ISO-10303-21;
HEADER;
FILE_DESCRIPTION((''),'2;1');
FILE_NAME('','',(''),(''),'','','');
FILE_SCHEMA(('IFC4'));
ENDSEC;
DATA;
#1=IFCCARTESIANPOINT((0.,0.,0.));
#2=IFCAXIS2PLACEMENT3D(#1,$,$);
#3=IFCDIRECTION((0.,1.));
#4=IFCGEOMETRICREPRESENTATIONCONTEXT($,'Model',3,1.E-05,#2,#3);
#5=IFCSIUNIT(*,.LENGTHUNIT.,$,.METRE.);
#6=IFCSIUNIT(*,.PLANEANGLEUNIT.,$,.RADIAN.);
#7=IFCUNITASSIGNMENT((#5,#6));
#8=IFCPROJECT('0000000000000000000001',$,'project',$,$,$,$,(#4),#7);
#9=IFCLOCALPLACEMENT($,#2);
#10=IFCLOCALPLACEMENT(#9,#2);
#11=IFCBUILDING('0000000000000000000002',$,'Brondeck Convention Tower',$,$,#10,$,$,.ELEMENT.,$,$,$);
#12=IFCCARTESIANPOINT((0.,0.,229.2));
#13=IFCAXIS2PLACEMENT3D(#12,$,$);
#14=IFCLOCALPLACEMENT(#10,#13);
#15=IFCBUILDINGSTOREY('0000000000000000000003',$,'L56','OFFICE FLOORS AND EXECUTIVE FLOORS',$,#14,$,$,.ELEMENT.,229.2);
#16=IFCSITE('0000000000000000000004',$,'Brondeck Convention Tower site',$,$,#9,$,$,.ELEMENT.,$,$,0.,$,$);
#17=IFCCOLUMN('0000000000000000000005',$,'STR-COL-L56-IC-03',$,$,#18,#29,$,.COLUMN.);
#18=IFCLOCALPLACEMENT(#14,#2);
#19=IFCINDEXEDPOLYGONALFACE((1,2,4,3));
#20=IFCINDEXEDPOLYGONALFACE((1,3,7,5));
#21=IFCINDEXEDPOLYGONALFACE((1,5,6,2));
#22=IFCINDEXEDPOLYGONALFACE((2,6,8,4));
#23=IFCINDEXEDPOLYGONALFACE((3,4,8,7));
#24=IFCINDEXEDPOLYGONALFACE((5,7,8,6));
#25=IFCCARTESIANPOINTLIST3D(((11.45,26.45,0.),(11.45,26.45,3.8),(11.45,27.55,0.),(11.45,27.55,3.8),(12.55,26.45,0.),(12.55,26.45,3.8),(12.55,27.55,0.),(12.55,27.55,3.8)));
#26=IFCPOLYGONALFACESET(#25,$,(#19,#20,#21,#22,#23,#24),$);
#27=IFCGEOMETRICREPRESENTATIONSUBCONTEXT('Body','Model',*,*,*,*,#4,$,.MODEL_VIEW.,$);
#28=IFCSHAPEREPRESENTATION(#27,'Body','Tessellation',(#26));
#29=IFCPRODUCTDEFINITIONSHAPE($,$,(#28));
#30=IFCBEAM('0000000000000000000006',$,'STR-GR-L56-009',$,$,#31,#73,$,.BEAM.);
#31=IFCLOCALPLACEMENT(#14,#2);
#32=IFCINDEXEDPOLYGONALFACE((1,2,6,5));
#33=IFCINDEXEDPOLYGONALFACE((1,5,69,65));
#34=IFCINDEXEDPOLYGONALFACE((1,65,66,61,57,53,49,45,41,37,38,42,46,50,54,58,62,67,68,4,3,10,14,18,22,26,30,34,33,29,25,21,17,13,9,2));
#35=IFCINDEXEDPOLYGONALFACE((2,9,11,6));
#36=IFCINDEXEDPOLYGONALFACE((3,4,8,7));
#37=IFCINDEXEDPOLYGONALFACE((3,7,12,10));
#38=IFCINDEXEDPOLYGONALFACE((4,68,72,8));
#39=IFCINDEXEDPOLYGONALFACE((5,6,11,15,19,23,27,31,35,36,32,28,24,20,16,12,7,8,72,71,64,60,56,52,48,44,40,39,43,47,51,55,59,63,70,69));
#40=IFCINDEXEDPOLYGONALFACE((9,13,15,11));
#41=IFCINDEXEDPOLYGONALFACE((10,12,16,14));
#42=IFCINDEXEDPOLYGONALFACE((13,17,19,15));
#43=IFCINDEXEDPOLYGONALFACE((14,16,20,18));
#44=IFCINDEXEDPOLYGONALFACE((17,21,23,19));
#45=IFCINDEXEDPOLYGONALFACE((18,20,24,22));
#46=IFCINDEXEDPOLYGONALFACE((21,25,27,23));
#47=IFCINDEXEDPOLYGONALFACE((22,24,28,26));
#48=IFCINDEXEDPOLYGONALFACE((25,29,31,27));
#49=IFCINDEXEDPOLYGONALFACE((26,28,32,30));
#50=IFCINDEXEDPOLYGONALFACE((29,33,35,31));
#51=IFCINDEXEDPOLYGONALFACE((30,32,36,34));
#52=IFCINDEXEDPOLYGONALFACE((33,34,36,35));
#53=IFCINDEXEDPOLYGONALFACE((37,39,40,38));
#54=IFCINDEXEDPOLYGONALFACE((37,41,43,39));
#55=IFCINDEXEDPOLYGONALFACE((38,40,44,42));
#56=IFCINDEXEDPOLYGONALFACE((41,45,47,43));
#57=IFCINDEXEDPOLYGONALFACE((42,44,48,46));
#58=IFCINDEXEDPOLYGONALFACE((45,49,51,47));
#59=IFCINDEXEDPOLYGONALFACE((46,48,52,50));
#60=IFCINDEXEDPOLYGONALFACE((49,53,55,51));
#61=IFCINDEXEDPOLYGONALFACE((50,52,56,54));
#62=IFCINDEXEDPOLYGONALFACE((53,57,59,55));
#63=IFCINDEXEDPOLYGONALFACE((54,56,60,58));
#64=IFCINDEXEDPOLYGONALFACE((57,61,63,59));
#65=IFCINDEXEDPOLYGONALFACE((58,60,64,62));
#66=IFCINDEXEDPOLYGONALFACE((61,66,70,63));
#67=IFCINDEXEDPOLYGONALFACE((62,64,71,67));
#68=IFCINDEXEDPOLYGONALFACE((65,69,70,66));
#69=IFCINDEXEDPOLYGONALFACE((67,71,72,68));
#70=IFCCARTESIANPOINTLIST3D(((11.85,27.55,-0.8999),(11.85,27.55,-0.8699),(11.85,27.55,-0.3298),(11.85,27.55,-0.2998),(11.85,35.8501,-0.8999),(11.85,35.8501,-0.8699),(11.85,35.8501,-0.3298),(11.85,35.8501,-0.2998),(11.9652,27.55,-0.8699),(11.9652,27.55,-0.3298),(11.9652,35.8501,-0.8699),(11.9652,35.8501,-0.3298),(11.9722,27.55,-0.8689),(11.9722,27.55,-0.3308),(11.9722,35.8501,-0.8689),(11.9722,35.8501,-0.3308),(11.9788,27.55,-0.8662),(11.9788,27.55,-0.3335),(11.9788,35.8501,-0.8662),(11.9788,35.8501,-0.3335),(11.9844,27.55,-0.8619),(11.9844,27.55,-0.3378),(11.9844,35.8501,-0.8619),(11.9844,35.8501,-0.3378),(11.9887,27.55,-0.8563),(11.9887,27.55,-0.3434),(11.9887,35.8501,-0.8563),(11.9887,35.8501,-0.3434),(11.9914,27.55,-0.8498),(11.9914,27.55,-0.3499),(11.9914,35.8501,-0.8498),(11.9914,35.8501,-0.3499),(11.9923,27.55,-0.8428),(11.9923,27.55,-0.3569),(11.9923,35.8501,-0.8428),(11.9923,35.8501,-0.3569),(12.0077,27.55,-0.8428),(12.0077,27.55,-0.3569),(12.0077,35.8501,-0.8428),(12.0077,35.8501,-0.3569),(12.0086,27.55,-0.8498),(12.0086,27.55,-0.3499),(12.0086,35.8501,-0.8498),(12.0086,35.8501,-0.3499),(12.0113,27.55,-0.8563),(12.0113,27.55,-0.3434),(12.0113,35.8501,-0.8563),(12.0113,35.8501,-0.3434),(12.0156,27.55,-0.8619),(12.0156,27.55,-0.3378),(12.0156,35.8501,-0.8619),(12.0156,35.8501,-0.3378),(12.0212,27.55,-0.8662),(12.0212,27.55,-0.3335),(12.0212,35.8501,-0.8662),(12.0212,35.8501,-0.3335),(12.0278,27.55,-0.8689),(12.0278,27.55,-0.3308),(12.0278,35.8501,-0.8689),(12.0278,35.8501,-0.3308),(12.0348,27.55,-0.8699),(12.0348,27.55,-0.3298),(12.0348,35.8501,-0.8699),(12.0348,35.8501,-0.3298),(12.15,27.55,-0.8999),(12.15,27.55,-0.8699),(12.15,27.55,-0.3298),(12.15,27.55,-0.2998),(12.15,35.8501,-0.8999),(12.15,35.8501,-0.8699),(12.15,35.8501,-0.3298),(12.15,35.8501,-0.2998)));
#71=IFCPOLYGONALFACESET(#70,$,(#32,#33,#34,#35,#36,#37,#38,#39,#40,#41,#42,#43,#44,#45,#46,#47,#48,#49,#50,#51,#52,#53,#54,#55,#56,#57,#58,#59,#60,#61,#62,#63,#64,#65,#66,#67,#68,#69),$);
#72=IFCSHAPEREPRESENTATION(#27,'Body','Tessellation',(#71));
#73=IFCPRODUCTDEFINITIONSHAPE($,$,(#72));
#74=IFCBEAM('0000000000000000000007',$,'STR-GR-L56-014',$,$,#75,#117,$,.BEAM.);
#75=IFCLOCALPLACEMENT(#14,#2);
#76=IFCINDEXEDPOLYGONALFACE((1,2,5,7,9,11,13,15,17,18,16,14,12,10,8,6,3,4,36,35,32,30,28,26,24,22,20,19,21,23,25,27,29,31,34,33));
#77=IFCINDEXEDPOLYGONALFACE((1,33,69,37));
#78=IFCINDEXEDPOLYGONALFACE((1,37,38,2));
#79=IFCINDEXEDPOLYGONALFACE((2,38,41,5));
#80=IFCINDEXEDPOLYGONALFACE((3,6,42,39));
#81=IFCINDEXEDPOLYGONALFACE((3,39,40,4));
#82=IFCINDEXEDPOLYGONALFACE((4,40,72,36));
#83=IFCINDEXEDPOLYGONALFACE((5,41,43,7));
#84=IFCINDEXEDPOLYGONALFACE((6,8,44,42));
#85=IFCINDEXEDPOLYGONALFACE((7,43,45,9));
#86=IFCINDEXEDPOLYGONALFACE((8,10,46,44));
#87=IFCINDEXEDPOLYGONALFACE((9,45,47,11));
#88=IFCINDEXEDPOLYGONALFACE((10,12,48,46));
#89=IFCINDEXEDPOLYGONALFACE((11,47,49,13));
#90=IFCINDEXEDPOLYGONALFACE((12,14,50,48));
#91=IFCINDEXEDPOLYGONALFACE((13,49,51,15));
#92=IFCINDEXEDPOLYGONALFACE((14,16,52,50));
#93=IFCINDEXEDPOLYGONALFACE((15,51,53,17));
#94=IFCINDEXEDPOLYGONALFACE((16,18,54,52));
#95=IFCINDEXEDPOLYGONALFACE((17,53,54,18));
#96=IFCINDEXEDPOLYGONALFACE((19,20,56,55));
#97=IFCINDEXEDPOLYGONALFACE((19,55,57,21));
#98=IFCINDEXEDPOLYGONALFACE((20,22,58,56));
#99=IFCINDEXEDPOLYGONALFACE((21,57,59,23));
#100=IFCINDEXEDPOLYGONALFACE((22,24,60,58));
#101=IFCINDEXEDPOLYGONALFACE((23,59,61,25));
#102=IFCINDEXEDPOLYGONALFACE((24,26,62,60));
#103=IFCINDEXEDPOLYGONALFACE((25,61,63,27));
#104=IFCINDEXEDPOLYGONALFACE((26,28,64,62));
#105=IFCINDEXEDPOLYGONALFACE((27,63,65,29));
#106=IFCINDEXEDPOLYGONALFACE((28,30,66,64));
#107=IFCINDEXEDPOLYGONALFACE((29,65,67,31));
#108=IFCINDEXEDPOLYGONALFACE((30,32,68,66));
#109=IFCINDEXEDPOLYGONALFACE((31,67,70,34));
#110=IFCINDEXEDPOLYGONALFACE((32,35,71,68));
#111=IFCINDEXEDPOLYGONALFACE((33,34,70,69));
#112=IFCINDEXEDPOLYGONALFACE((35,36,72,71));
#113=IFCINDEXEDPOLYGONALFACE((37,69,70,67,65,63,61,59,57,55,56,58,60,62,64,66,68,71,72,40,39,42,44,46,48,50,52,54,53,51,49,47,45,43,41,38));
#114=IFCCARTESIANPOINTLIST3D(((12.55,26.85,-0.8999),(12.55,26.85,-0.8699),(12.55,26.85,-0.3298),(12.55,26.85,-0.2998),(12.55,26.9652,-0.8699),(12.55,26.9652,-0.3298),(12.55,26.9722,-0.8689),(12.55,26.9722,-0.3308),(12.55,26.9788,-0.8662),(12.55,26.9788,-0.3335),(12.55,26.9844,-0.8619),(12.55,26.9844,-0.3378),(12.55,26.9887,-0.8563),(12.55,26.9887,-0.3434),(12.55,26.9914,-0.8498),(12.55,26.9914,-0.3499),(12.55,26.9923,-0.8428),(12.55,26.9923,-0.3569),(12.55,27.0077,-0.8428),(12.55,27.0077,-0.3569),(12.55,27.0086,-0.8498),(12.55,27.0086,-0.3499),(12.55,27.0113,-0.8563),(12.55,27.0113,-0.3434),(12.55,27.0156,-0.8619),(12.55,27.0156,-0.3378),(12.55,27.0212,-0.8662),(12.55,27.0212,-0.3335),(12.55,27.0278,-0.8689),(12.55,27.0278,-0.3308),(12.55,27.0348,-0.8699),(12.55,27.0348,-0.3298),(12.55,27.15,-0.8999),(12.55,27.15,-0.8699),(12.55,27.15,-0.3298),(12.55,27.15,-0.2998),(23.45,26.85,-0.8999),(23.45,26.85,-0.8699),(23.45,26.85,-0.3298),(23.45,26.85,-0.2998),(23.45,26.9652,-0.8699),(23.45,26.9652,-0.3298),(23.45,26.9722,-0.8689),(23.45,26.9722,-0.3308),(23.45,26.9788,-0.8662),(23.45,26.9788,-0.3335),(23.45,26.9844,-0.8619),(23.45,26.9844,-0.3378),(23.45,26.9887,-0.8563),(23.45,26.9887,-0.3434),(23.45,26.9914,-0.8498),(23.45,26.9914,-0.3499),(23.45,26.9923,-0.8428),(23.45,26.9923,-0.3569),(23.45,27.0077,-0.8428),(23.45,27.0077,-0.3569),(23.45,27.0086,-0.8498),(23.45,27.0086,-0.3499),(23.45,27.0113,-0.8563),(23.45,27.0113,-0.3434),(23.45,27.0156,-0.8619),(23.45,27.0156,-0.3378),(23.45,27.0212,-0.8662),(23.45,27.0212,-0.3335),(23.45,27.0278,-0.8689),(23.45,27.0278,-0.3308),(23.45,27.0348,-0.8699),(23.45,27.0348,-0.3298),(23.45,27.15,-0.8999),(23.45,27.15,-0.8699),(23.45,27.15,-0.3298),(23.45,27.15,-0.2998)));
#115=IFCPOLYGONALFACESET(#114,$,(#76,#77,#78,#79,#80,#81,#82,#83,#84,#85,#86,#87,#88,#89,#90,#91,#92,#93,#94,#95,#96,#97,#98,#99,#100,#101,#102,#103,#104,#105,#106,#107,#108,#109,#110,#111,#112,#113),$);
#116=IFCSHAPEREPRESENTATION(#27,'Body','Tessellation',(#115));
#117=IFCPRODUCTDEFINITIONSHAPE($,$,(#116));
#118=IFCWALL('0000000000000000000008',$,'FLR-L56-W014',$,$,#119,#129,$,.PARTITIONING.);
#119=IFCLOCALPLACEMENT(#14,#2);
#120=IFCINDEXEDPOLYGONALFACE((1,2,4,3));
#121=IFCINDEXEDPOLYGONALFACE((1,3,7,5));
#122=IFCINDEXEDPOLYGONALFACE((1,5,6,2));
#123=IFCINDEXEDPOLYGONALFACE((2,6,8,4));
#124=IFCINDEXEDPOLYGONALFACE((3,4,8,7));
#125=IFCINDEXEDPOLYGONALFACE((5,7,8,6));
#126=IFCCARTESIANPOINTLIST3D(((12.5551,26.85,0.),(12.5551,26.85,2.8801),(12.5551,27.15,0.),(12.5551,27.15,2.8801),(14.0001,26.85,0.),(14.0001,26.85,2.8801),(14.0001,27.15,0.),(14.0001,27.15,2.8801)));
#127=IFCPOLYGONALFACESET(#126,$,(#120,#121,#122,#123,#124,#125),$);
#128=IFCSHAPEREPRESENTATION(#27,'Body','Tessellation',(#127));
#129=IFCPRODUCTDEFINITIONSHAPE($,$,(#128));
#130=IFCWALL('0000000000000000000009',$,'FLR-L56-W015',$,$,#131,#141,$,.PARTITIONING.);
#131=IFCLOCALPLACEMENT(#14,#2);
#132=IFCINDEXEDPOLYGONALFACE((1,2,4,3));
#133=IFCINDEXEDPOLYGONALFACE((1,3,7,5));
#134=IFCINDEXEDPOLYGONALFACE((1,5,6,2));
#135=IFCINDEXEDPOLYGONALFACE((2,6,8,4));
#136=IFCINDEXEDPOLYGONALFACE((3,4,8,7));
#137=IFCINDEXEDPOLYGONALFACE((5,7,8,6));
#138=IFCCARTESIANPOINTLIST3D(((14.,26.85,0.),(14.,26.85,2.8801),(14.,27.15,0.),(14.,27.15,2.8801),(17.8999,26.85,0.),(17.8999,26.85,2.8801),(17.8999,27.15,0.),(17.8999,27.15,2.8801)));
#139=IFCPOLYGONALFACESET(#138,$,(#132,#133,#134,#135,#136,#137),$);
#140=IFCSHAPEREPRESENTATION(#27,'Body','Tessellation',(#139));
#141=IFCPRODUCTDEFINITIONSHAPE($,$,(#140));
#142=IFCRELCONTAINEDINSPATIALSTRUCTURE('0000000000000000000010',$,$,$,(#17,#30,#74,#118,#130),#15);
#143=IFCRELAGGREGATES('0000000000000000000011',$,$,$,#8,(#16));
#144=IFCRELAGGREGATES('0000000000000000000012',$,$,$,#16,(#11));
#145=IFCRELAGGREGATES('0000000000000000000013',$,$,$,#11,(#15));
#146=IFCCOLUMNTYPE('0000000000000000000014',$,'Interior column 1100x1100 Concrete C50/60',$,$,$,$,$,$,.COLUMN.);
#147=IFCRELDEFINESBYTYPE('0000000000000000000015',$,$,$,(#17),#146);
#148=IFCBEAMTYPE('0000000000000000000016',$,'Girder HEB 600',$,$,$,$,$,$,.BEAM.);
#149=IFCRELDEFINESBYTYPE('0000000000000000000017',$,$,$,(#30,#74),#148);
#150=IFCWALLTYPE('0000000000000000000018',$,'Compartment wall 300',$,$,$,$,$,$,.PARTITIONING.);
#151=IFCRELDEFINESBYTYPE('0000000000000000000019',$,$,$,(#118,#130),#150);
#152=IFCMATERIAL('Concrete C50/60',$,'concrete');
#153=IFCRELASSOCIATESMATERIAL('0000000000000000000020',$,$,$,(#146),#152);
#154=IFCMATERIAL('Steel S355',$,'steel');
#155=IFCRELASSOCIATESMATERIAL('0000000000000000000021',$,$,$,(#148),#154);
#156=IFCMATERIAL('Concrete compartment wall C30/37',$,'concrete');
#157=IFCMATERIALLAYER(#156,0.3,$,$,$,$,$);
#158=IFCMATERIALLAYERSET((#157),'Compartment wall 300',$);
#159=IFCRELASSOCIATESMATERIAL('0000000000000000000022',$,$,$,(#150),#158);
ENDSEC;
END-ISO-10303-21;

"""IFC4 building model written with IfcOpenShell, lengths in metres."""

from ifc_helpers import new_model, si_unit, direction, frame, frame_2d, origin, origin_2d, place, context, subcontext, project, spatial, rectangle, i_section, extrude, material, layer, layer_set, material_profile, profile_set, type_object, element, save


model = new_model("IFC4")

# Units and contexts
model_context = context("Model", 3, precision=1e-05, world=origin(), true_north=direction((0.0, 1.0)))
body_context = subcontext(model_context, "Body", "Model", "MODEL_VIEW")
ifc_project = project(units=[si_unit("LENGTHUNIT", "METRE"), si_unit("PLANEANGLEUNIT", "RADIAN")], contexts=[model_context])

# Site, building, storey
site_placement = place(None, origin())
site = spatial("IfcSite", under=ifc_project, at=site_placement, Name="Brondeck Convention Tower site", CompositionType="ELEMENT", RefElevation=0.0)
building_placement = place(site_placement, origin())
building = spatial("IfcBuilding", under=site, at=building_placement, Name="Brondeck Convention Tower", CompositionType="ELEMENT")
storey_placement = place(building_placement, frame((0.0, 0.0, 229.2)))
storey = spatial("IfcBuildingStorey", under=building, at=storey_placement, Name="L56", Description="OFFICE FLOORS AND EXECUTIVE FLOORS", CompositionType="ELEMENT", Elevation=229.2)

# Column
ifc_material_1 = material(Name="Concrete C50/60", Category="concrete")
ifc_material_profile_1 = material_profile(ifc_material_1, rectangle(XDim=1.1001, YDim=1.1001, at=origin_2d()), Name="Interior column 1100x1100 Concrete C50/60")
ifc_profile_set_1 = profile_set([ifc_material_profile_1], Name="Concrete C50/60")
column_type = type_object("IfcColumnType", Name="Interior column 1100x1100 Concrete C50/60", PredefinedType="COLUMN", material=ifc_profile_set_1)
column_placement = place(storey_placement, frame((12.0, 27.0, 0.0), z_axis=(0.0, 0.0, 1.0), x_axis=(1.0, 0.0, 0.0)))
element("IfcColumn", 1, at=column_placement, inside=storey, type_object=column_type, Name="STR-COL-L56-IC-03", PredefinedType="COLUMN", context=body_context, shape_type="SweptSolid", body=[
    extrude(rectangle(XDim=1.1001, YDim=1.1001, at=origin_2d()), origin(), (0.0, 0.0, 1.0), 3.8),
])

# Beams
ifc_material_2 = material(Name="Steel S355", Category="steel")
ifc_material_profile_2 = material_profile(ifc_material_2, i_section(OverallWidth=0.3, OverallDepth=0.6001, WebThickness=0.0154, FlangeThickness=0.03, FilletRadius=0.0271, at=origin_2d()), Name="HEB 600")
ifc_profile_set_2 = profile_set([ifc_material_profile_2], Name="Steel S355")
beam_type = type_object("IfcBeamType", Name="Girder HEB 600", PredefinedType="BEAM", material=ifc_profile_set_2)
beam_1_placement = place(storey_placement, frame((12.0, 35.8501, -0.5999), z_axis=(0.0, -1.0, 0.0), x_axis=(1.0, 0.0, 0.0)))
element("IfcBeam", 2, at=beam_1_placement, inside=storey, type_object=beam_type, Name="STR-GR-L56-009", PredefinedType="BEAM", context=body_context, shape_type="SweptSolid", body=[
    extrude(i_section(OverallWidth=0.3, OverallDepth=0.6001, WebThickness=0.0154, FlangeThickness=0.03, FilletRadius=0.0271, at=origin_2d()), origin(), (0.0, 0.0, 1.0), 8.3),
])
beam_2_placement = place(storey_placement, frame((12.55, 27.0, -0.5999), z_axis=(1.0, 0.0, 0.0), x_axis=(0.0, 1.0, 0.0)))
element("IfcBeam", 3, at=beam_2_placement, inside=storey, type_object=beam_type, Name="STR-GR-L56-014", PredefinedType="BEAM", context=body_context, shape_type="SweptSolid", body=[
    extrude(i_section(OverallWidth=0.3, OverallDepth=0.6001, WebThickness=0.0154, FlangeThickness=0.03, FilletRadius=0.0271, at=origin_2d()), origin(), (0.0, 0.0, 1.0), 10.8999),
])

# Walls
ifc_material_3 = material(Name="Concrete compartment wall C30/37", Category="concrete")
ifc_layer_1 = layer(ifc_material_3, 0.3)
ifc_layer_set_1 = layer_set([ifc_layer_1], Name="Compartment wall 300")
wall_type_1 = type_object("IfcWallType", Name="Compartment wall 300", PredefinedType="PARTITIONING", material=ifc_layer_set_1)
wall_1_placement = place(storey_placement, frame((12.5549, 27.0, 0.0), z_axis=(0.0, 0.0, 1.0), x_axis=(1.0, 0.0, 0.0)))
element("IfcWall", 4, at=wall_1_placement, inside=storey, type_object=wall_type_1, Name="FLR-L56-W014", PredefinedType="PARTITIONING", context=body_context, shape_type="SweptSolid", body=[
    extrude(rectangle(XDim=1.4451, YDim=0.3, at=frame_2d((0.7227, 0.0))), origin(), (0.0, 0.0, 1.0), 2.8801),
])
wall_2_placement = place(storey_placement, frame((14.0, 27.0, 0.0), z_axis=(0.0, 0.0, 1.0), x_axis=(1.0, 0.0, 0.0)))
element("IfcWall", 5, at=wall_2_placement, inside=storey, type_object=wall_type_1, Name="FLR-L56-W015", PredefinedType="PARTITIONING", context=body_context, shape_type="SweptSolid", body=[
    extrude(rectangle(XDim=3.8999, YDim=0.3, at=frame_2d((1.95, 0.0))), origin(), (0.0, 0.0, 1.0), 2.8801),
])

save(model, "model.ifc")
